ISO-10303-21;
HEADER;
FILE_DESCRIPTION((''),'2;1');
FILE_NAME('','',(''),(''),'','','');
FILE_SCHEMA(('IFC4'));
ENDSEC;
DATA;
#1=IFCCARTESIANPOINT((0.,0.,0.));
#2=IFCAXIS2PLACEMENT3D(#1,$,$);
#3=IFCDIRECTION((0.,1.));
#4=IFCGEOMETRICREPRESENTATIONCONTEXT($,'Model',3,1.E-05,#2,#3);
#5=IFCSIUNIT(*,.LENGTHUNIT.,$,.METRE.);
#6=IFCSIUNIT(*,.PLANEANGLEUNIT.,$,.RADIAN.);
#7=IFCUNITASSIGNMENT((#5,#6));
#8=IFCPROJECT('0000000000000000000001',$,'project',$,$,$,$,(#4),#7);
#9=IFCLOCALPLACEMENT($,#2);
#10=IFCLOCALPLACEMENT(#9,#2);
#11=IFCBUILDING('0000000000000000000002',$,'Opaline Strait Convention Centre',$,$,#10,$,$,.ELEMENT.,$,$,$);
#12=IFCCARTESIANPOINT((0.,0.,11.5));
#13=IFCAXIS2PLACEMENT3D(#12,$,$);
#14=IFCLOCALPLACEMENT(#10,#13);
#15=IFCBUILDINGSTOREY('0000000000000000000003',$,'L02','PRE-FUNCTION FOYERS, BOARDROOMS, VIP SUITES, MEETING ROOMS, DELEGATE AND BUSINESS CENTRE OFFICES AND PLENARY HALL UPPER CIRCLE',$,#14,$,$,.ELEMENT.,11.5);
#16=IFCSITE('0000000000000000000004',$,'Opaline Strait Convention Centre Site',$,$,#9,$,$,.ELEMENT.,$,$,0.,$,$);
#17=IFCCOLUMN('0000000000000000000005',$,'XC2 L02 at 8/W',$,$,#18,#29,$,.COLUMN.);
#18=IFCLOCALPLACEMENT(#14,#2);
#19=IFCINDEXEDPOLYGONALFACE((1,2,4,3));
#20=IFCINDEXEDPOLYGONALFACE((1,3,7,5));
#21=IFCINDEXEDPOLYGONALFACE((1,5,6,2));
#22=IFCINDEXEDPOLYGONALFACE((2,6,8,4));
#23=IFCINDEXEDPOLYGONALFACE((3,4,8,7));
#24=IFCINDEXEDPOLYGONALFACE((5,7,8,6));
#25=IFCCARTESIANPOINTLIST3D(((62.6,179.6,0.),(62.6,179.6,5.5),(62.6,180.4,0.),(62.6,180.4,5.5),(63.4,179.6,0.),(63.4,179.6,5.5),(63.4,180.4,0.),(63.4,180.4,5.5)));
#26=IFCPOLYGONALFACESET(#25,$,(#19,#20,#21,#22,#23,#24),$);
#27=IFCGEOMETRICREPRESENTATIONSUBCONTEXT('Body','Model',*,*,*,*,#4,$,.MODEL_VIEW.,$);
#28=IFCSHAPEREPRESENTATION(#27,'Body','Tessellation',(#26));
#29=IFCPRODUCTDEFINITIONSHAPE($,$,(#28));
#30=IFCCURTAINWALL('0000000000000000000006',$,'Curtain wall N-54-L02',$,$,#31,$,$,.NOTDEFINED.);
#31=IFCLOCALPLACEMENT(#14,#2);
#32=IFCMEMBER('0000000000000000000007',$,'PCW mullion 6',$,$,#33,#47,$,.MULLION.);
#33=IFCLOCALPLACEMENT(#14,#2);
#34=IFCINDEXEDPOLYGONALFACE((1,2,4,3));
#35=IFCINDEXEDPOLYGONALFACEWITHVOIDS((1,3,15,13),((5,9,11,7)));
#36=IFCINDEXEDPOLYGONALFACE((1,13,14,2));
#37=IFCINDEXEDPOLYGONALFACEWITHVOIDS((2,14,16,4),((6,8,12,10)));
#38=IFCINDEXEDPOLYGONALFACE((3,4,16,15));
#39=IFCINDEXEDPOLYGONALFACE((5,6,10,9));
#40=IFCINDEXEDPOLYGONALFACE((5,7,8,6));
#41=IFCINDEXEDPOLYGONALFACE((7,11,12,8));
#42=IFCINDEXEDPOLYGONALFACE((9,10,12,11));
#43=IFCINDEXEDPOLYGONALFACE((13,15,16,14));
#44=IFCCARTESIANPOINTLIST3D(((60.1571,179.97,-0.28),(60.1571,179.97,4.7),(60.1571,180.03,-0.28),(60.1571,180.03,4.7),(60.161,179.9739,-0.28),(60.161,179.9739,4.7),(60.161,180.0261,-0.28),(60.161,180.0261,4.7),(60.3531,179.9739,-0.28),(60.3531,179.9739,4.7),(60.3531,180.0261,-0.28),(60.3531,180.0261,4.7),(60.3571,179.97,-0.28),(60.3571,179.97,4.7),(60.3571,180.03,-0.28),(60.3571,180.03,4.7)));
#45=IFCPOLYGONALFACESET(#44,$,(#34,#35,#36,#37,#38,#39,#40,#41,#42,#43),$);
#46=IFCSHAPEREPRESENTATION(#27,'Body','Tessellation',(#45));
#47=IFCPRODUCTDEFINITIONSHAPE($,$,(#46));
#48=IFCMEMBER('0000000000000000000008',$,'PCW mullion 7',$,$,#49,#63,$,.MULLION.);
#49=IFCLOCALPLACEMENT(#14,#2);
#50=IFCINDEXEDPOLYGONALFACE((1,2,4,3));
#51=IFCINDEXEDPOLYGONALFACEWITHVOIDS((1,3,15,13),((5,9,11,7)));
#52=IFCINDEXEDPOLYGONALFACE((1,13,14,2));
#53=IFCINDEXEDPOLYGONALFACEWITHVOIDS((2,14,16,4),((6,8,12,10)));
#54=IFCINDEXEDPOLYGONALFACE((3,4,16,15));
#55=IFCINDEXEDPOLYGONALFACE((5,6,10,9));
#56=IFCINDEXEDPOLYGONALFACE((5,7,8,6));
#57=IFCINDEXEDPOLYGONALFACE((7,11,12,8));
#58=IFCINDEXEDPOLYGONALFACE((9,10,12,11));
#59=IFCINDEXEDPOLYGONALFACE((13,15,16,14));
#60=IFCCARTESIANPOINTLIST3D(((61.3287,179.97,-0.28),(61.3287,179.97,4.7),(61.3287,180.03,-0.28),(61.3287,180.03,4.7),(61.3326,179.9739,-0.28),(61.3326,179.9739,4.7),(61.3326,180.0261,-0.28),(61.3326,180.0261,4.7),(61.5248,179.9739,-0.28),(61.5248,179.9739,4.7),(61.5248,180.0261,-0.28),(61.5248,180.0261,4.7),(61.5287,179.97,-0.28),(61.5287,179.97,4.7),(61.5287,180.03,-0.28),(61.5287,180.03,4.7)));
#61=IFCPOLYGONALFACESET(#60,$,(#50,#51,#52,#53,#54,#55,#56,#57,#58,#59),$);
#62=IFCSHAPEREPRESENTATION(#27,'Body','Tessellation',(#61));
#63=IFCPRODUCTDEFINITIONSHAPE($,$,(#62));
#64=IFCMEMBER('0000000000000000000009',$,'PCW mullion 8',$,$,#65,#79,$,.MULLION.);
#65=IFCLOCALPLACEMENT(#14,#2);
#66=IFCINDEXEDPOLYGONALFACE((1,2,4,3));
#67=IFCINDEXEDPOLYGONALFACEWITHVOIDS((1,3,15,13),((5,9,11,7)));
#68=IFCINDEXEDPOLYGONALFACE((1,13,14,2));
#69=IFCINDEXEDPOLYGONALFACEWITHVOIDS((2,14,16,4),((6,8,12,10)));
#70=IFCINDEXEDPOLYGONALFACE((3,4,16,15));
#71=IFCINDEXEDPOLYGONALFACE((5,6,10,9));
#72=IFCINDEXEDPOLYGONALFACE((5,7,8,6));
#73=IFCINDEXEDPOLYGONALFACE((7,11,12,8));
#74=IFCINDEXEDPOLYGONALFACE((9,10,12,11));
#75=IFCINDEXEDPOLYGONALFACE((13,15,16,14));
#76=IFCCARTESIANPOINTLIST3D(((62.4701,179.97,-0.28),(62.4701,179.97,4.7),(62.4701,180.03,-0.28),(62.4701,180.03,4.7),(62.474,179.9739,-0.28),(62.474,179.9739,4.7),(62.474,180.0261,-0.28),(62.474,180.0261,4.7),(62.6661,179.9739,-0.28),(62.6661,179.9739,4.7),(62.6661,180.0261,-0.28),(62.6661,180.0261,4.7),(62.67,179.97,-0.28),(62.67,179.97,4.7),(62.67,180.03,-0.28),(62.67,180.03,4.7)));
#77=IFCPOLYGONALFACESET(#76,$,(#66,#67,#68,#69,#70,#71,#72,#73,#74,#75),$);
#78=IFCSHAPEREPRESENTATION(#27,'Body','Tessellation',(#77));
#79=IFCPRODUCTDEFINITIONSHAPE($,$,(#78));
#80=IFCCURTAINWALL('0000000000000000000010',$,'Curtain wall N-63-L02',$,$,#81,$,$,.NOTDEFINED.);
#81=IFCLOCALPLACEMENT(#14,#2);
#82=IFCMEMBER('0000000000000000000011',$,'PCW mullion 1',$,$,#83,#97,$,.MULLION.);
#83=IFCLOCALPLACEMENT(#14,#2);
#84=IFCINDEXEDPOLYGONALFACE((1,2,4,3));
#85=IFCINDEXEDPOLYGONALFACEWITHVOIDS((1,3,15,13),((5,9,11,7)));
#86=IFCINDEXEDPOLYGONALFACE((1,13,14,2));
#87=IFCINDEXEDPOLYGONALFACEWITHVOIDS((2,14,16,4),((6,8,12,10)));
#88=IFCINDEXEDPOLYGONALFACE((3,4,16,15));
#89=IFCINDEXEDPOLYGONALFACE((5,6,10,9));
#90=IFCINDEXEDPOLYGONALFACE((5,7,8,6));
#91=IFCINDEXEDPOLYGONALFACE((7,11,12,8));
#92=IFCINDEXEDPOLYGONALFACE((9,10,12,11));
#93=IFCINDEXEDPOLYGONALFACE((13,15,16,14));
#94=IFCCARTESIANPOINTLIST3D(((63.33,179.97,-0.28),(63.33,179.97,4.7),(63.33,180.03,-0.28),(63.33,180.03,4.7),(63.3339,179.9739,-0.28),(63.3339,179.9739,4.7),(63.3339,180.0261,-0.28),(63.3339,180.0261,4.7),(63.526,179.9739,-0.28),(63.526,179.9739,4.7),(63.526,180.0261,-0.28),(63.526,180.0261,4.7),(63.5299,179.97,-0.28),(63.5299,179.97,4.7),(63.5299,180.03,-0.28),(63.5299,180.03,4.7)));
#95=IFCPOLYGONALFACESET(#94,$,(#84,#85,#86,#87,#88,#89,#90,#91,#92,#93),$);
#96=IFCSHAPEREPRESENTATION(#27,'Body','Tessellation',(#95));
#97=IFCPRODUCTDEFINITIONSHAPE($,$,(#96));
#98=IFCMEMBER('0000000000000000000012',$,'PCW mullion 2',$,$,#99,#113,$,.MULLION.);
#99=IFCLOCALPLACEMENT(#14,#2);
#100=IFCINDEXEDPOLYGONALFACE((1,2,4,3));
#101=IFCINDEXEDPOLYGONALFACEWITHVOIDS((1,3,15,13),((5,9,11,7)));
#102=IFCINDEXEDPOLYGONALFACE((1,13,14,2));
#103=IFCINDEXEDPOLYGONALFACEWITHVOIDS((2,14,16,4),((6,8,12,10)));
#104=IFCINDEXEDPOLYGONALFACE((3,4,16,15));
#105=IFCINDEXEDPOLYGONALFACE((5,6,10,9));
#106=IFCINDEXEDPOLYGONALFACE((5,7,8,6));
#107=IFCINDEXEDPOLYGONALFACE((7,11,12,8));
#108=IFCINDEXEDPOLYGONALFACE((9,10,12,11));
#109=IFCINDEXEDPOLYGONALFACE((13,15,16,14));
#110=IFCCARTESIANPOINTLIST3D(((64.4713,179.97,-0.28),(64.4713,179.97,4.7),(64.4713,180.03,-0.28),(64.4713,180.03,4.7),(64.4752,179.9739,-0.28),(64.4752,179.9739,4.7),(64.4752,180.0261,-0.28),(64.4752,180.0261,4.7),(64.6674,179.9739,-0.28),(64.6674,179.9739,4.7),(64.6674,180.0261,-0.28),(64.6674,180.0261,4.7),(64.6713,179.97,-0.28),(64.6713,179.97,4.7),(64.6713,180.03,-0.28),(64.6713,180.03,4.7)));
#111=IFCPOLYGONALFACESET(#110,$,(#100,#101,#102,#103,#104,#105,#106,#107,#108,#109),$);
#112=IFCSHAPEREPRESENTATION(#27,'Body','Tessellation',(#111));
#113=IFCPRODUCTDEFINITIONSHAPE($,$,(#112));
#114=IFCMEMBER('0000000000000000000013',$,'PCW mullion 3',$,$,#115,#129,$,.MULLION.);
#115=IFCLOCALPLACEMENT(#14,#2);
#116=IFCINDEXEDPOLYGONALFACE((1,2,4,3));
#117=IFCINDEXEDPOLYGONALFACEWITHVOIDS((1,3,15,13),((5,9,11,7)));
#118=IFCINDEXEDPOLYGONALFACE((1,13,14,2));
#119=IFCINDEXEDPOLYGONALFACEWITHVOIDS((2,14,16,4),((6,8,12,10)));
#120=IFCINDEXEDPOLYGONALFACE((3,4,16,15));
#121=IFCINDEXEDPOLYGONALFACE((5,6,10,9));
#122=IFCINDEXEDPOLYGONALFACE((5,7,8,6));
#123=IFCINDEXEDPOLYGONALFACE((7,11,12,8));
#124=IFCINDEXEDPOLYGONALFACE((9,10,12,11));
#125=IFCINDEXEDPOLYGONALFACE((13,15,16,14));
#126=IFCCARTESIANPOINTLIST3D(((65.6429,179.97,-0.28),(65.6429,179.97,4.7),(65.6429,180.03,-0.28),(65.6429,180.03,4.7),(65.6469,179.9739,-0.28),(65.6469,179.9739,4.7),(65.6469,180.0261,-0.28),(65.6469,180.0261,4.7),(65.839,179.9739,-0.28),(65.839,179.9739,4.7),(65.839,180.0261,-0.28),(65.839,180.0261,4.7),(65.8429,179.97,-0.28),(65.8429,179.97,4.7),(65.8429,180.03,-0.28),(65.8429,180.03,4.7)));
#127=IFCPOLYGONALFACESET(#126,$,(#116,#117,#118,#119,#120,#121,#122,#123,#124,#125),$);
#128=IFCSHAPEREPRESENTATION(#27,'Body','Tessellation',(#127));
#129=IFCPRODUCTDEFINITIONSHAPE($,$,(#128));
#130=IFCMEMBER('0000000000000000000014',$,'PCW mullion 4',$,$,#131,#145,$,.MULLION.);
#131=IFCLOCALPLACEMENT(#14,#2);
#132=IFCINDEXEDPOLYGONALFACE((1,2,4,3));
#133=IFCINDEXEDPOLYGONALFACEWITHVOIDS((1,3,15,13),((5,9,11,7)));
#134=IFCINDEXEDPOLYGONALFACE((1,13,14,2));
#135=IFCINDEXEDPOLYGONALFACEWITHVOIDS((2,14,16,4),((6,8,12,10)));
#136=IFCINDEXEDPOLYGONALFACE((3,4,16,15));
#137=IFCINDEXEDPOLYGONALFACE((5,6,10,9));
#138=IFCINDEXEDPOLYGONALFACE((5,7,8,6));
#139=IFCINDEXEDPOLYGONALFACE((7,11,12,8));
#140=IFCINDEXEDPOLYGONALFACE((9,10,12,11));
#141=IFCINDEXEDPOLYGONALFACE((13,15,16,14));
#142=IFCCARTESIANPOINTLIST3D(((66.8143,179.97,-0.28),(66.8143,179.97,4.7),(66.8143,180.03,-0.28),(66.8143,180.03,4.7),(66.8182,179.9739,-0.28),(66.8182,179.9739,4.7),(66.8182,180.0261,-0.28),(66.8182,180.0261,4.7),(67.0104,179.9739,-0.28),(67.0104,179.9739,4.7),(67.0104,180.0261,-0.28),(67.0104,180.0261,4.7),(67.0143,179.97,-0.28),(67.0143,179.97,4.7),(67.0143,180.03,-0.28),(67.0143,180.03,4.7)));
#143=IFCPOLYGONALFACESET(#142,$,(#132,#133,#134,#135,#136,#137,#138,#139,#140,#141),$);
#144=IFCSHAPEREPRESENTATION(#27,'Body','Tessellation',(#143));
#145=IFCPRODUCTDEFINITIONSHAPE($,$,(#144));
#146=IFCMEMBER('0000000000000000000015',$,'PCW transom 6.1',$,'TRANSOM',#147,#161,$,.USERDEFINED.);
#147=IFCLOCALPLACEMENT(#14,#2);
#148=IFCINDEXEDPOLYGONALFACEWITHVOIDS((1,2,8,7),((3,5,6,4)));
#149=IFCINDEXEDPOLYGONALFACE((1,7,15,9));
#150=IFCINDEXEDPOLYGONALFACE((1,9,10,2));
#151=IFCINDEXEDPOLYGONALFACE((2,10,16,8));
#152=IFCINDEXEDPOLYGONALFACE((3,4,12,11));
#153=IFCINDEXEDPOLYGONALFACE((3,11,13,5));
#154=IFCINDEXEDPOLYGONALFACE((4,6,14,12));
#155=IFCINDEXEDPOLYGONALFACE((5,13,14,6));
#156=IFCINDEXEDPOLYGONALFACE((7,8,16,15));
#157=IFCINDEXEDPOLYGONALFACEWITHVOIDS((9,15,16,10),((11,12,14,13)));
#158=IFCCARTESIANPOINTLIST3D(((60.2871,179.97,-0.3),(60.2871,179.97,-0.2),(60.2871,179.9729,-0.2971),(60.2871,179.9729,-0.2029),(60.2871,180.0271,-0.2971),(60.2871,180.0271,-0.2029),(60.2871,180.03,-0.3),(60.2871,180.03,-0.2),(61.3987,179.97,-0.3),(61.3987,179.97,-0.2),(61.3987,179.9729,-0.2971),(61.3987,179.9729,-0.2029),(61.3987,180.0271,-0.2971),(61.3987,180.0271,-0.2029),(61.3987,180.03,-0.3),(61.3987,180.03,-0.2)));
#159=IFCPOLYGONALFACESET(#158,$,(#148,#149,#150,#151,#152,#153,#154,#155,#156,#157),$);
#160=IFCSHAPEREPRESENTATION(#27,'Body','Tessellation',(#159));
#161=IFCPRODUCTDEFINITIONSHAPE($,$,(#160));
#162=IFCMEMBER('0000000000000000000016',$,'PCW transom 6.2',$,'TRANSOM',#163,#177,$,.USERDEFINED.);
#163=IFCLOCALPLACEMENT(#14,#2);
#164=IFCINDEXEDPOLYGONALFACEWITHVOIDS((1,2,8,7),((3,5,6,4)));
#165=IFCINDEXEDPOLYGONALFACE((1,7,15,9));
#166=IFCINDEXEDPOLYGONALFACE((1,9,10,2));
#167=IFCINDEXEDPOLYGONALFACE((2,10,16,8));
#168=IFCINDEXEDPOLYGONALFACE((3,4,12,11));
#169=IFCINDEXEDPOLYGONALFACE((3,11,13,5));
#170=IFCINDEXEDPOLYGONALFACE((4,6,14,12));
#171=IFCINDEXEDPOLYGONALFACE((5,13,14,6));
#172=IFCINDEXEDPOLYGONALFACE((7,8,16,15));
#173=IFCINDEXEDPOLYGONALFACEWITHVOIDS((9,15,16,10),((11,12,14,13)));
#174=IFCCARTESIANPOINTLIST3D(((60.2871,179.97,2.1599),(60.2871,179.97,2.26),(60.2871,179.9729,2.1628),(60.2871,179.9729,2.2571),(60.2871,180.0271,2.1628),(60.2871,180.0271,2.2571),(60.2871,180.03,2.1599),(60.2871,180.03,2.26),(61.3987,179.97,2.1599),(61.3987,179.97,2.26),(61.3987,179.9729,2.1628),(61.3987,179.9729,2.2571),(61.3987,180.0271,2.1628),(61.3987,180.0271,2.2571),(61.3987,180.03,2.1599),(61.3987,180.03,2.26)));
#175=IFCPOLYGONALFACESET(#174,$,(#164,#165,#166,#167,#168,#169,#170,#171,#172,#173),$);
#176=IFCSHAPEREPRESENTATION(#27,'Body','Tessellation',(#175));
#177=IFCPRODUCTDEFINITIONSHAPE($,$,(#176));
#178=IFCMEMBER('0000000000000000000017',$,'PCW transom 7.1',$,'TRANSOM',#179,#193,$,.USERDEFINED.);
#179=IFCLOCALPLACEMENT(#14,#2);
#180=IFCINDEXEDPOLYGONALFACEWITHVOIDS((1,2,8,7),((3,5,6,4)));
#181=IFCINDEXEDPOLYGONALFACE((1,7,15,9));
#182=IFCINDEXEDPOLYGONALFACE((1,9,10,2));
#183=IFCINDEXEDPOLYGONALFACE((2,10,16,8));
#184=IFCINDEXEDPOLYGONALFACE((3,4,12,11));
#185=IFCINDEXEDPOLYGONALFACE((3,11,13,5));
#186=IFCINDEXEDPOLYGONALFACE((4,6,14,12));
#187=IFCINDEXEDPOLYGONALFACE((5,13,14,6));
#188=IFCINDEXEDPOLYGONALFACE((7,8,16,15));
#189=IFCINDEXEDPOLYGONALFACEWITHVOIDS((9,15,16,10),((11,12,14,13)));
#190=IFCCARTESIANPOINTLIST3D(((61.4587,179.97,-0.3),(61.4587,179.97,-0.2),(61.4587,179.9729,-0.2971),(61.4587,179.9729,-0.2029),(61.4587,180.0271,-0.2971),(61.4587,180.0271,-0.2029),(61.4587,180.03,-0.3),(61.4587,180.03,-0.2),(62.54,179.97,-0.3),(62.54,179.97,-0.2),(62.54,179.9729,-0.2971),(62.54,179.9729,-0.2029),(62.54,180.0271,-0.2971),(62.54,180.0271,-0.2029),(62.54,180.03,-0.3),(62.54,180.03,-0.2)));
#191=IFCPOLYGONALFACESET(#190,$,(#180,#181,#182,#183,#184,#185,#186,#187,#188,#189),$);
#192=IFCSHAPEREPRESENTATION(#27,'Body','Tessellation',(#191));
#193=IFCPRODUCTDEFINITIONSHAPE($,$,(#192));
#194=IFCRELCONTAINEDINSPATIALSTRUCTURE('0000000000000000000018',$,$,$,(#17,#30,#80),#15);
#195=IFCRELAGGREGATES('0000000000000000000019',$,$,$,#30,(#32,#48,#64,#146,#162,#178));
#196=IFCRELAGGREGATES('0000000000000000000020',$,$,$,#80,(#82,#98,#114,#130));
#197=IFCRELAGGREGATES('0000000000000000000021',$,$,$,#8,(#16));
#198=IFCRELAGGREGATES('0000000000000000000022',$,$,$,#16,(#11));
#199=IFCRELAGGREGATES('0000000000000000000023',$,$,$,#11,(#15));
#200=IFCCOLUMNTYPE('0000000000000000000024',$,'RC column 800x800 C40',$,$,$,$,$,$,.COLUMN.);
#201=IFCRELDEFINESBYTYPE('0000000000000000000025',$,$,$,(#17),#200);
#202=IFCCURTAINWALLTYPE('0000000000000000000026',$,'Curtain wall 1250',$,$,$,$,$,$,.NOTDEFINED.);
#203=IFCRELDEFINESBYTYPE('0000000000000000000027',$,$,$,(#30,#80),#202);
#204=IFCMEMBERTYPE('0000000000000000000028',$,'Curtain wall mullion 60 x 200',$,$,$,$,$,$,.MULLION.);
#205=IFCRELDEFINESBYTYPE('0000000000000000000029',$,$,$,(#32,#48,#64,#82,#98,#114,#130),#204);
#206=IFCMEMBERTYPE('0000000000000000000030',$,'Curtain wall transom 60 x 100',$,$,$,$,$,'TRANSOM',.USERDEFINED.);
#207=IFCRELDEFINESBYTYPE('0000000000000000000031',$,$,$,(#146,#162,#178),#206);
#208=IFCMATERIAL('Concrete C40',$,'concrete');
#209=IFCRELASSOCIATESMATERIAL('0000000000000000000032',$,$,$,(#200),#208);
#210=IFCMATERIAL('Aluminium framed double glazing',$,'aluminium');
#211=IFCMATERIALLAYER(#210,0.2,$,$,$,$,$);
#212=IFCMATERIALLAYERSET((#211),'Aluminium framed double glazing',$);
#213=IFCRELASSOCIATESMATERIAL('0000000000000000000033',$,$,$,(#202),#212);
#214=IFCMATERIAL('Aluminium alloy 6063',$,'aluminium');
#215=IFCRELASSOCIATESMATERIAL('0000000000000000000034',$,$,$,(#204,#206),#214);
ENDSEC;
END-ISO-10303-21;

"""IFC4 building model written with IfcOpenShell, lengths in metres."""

from ifc_helpers import new_model, si_unit, direction, frame, origin, origin_2d, place, context, subcontext, project, spatial, rectangle, hollow_rectangle, extrude, material, layer, layer_set, material_profile, profile_set, type_object, element, aggregate, save


model = new_model("IFC4")

# Units and contexts
model_context = context("Model", 3, precision=1e-05, world=origin(), true_north=direction((0.0, 1.0)))
body_context = subcontext(model_context, "Body", "Model", "MODEL_VIEW")
ifc_project = project(units=[si_unit("LENGTHUNIT", "METRE"), si_unit("PLANEANGLEUNIT", "RADIAN")], contexts=[model_context])

# Site, building, storey
site_placement = place(None, origin())
site = spatial("IfcSite", under=ifc_project, at=site_placement, Name="Opaline Strait Convention Centre Site", CompositionType="ELEMENT", RefElevation=0.0)
building_placement = place(site_placement, origin())
building = spatial("IfcBuilding", under=site, at=building_placement, Name="Opaline Strait Convention Centre", CompositionType="ELEMENT")
storey_placement = place(building_placement, frame((0.0, 0.0, 11.5)))
storey = spatial("IfcBuildingStorey", under=building, at=storey_placement, Name="L02", Description="PRE-FUNCTION FOYERS, BOARDROOMS, VIP SUITES, MEETING ROOMS, DELEGATE AND BUSINESS CENTRE OFFICES AND PLENARY HALL UPPER CIRCLE", CompositionType="ELEMENT", Elevation=11.5)

# Column
ifc_material_1 = material(Name="Concrete C40", Category="concrete")
ifc_material_profile_1 = material_profile(ifc_material_1, rectangle(XDim=0.8, YDim=0.8, at=origin_2d()), Name="RC 800x800")
ifc_profile_set_1 = profile_set([ifc_material_profile_1], Name="Concrete C40")
column_type = type_object("IfcColumnType", Name="RC column 800x800 C40", PredefinedType="COLUMN", material=ifc_profile_set_1)
column_placement = place(storey_placement, frame((63.0, 180.0, 0.0), z_axis=(0.0, 0.0, 1.0), x_axis=(1.0, 0.0, 0.0)))
element("IfcColumn", 1, at=column_placement, inside=storey, type_object=column_type, Name="XC2 L02 at 8/W", PredefinedType="COLUMN", context=body_context, shape_type="SweptSolid", body=[
    extrude(rectangle(XDim=0.8, YDim=0.8, at=origin_2d()), origin(), (0.0, 0.0, 1.0), 5.5),
])

# Curtain walls, members
ifc_material_2 = material(Name="Aluminium framed double glazing", Category="aluminium")
ifc_layer_1 = layer(ifc_material_2, 0.2)
ifc_layer_set_1 = layer_set([ifc_layer_1], Name="Aluminium framed double glazing")
curtain_wall_type = type_object("IfcCurtainWallType", Name="Curtain wall 1250", PredefinedType="NOTDEFINED", material=ifc_layer_set_1)
curtain_wall_1_placement = place(storey_placement, origin())
curtain_wall_1 = element("IfcCurtainWall", 2, at=curtain_wall_1_placement, inside=storey, type_object=curtain_wall_type, Name="Curtain wall N-54-L02", PredefinedType="NOTDEFINED")
ifc_material_3 = material(Name="Aluminium alloy 6063", Category="aluminium")
ifc_material_profile_2 = material_profile(ifc_material_3, hollow_rectangle(XDim=0.0601, YDim=0.2, WallThickness=0.0039, at=origin_2d()), Name="MULLION 60x200x4")
ifc_profile_set_2 = profile_set([ifc_material_profile_2], Name="Aluminium alloy 6063")
member_type_1 = type_object("IfcMemberType", Name="Curtain wall mullion 60 x 200", PredefinedType="MULLION", material=ifc_profile_set_2)
member_1_placement = place(storey_placement, frame((60.2571, 180.0, -0.28), z_axis=(0.0, 0.0, 1.0), x_axis=(0.0, 1.0, 0.0)))
member_1 = element("IfcMember", 3, at=member_1_placement, type_object=member_type_1, Name="PCW mullion 6", PredefinedType="MULLION", context=body_context, shape_type="SweptSolid", body=[
    extrude(hollow_rectangle(XDim=0.0601, YDim=0.2, WallThickness=0.0039, at=origin_2d()), origin(), (0.0, 0.0, 1.0), 4.98),
])
member_2_placement = place(storey_placement, frame((61.4287, 180.0, -0.28), z_axis=(0.0, 0.0, 1.0), x_axis=(0.0, 1.0, 0.0)))
member_2 = element("IfcMember", 4, at=member_2_placement, type_object=member_type_1, Name="PCW mullion 7", PredefinedType="MULLION", context=body_context, shape_type="SweptSolid", body=[
    extrude(hollow_rectangle(XDim=0.0601, YDim=0.2, WallThickness=0.0039, at=origin_2d()), origin(), (0.0, 0.0, 1.0), 4.98),
])
member_3_placement = place(storey_placement, frame((62.5701, 180.0, -0.28), z_axis=(0.0, 0.0, 1.0), x_axis=(0.0, 1.0, 0.0)))
member_3 = element("IfcMember", 5, at=member_3_placement, type_object=member_type_1, Name="PCW mullion 8", PredefinedType="MULLION", context=body_context, shape_type="SweptSolid", body=[
    extrude(hollow_rectangle(XDim=0.0601, YDim=0.2, WallThickness=0.0039, at=origin_2d()), origin(), (0.0, 0.0, 1.0), 4.98),
])
curtain_wall_2_placement = place(storey_placement, origin())
curtain_wall_2 = element("IfcCurtainWall", 6, at=curtain_wall_2_placement, inside=storey, type_object=curtain_wall_type, Name="Curtain wall N-63-L02", PredefinedType="NOTDEFINED")
member_4_placement = place(storey_placement, frame((63.4299, 180.0, -0.28), z_axis=(0.0, 0.0, 1.0), x_axis=(0.0, 1.0, 0.0)))
member_4 = element("IfcMember", 7, at=member_4_placement, type_object=member_type_1, Name="PCW mullion 1", PredefinedType="MULLION", context=body_context, shape_type="SweptSolid", body=[
    extrude(hollow_rectangle(XDim=0.0601, YDim=0.2, WallThickness=0.0039, at=origin_2d()), origin(), (0.0, 0.0, 1.0), 4.98),
])
member_5_placement = place(storey_placement, frame((64.5713, 180.0, -0.28), z_axis=(0.0, 0.0, 1.0), x_axis=(0.0, 1.0, 0.0)))
member_5 = element("IfcMember", 8, at=member_5_placement, type_object=member_type_1, Name="PCW mullion 2", PredefinedType="MULLION", context=body_context, shape_type="SweptSolid", body=[
    extrude(hollow_rectangle(XDim=0.0601, YDim=0.2, WallThickness=0.0039, at=origin_2d()), origin(), (0.0, 0.0, 1.0), 4.98),
])
member_6_placement = place(storey_placement, frame((65.7429, 180.0, -0.28), z_axis=(0.0, 0.0, 1.0), x_axis=(0.0, 1.0, 0.0)))
member_6 = element("IfcMember", 9, at=member_6_placement, type_object=member_type_1, Name="PCW mullion 3", PredefinedType="MULLION", context=body_context, shape_type="SweptSolid", body=[
    extrude(hollow_rectangle(XDim=0.0601, YDim=0.2, WallThickness=0.0039, at=origin_2d()), origin(), (0.0, 0.0, 1.0), 4.98),
])
member_7_placement = place(storey_placement, frame((66.9143, 180.0, -0.28), z_axis=(0.0, 0.0, 1.0), x_axis=(0.0, 1.0, 0.0)))
member_7 = element("IfcMember", 10, at=member_7_placement, type_object=member_type_1, Name="PCW mullion 4", PredefinedType="MULLION", context=body_context, shape_type="SweptSolid", body=[
    extrude(hollow_rectangle(XDim=0.0601, YDim=0.2, WallThickness=0.0039, at=origin_2d()), origin(), (0.0, 0.0, 1.0), 4.98),
])

# Members
ifc_material_profile_3 = material_profile(ifc_material_3, hollow_rectangle(XDim=0.0601, YDim=0.1001, WallThickness=0.0029, at=origin_2d()), Name="TRANSOM 60x100x3")
ifc_profile_set_3 = profile_set([ifc_material_profile_3], Name="Aluminium alloy 6063")
member_type_2 = type_object("IfcMemberType", Name="Curtain wall transom 60 x 100", ElementType="TRANSOM", PredefinedType="USERDEFINED", material=ifc_profile_set_3)
member_8_placement = place(storey_placement, frame((60.2871, 180.0, -0.25), z_axis=(1.0, 0.0, 0.0), x_axis=(0.0, 1.0, 0.0)))
member_8 = element("IfcMember", 11, at=member_8_placement, type_object=member_type_2, Name="PCW transom 6.1", ObjectType="TRANSOM", PredefinedType="USERDEFINED", context=body_context, shape_type="SweptSolid", body=[
    extrude(hollow_rectangle(XDim=0.0601, YDim=0.1001, WallThickness=0.0029, at=origin_2d()), origin(), (0.0, 0.0, 1.0), 1.1116),
])
member_9_placement = place(storey_placement, frame((60.2871, 180.0, 2.21), z_axis=(1.0, 0.0, 0.0), x_axis=(0.0, 1.0, 0.0)))
member_9 = element("IfcMember", 12, at=member_9_placement, type_object=member_type_2, Name="PCW transom 6.2", ObjectType="TRANSOM", PredefinedType="USERDEFINED", context=body_context, shape_type="SweptSolid", body=[
    extrude(hollow_rectangle(XDim=0.0601, YDim=0.1001, WallThickness=0.0029, at=origin_2d()), origin(), (0.0, 0.0, 1.0), 1.1116),
])
member_10_placement = place(storey_placement, frame((61.4587, 180.0, -0.25), z_axis=(1.0, 0.0, 0.0), x_axis=(0.0, 1.0, 0.0)))
member_10 = element("IfcMember", 13, at=member_10_placement, type_object=member_type_2, Name="PCW transom 7.1", ObjectType="TRANSOM", PredefinedType="USERDEFINED", context=body_context, shape_type="SweptSolid", body=[
    extrude(hollow_rectangle(XDim=0.0601, YDim=0.1001, WallThickness=0.0029, at=origin_2d()), origin(), (0.0, 0.0, 1.0), 1.0813),
])

aggregate(curtain_wall_1, [member_1, member_2, member_3, member_8, member_9, member_10])
aggregate(curtain_wall_2, [member_4, member_5, member_6, member_7])

save(model, "model.ifc")
